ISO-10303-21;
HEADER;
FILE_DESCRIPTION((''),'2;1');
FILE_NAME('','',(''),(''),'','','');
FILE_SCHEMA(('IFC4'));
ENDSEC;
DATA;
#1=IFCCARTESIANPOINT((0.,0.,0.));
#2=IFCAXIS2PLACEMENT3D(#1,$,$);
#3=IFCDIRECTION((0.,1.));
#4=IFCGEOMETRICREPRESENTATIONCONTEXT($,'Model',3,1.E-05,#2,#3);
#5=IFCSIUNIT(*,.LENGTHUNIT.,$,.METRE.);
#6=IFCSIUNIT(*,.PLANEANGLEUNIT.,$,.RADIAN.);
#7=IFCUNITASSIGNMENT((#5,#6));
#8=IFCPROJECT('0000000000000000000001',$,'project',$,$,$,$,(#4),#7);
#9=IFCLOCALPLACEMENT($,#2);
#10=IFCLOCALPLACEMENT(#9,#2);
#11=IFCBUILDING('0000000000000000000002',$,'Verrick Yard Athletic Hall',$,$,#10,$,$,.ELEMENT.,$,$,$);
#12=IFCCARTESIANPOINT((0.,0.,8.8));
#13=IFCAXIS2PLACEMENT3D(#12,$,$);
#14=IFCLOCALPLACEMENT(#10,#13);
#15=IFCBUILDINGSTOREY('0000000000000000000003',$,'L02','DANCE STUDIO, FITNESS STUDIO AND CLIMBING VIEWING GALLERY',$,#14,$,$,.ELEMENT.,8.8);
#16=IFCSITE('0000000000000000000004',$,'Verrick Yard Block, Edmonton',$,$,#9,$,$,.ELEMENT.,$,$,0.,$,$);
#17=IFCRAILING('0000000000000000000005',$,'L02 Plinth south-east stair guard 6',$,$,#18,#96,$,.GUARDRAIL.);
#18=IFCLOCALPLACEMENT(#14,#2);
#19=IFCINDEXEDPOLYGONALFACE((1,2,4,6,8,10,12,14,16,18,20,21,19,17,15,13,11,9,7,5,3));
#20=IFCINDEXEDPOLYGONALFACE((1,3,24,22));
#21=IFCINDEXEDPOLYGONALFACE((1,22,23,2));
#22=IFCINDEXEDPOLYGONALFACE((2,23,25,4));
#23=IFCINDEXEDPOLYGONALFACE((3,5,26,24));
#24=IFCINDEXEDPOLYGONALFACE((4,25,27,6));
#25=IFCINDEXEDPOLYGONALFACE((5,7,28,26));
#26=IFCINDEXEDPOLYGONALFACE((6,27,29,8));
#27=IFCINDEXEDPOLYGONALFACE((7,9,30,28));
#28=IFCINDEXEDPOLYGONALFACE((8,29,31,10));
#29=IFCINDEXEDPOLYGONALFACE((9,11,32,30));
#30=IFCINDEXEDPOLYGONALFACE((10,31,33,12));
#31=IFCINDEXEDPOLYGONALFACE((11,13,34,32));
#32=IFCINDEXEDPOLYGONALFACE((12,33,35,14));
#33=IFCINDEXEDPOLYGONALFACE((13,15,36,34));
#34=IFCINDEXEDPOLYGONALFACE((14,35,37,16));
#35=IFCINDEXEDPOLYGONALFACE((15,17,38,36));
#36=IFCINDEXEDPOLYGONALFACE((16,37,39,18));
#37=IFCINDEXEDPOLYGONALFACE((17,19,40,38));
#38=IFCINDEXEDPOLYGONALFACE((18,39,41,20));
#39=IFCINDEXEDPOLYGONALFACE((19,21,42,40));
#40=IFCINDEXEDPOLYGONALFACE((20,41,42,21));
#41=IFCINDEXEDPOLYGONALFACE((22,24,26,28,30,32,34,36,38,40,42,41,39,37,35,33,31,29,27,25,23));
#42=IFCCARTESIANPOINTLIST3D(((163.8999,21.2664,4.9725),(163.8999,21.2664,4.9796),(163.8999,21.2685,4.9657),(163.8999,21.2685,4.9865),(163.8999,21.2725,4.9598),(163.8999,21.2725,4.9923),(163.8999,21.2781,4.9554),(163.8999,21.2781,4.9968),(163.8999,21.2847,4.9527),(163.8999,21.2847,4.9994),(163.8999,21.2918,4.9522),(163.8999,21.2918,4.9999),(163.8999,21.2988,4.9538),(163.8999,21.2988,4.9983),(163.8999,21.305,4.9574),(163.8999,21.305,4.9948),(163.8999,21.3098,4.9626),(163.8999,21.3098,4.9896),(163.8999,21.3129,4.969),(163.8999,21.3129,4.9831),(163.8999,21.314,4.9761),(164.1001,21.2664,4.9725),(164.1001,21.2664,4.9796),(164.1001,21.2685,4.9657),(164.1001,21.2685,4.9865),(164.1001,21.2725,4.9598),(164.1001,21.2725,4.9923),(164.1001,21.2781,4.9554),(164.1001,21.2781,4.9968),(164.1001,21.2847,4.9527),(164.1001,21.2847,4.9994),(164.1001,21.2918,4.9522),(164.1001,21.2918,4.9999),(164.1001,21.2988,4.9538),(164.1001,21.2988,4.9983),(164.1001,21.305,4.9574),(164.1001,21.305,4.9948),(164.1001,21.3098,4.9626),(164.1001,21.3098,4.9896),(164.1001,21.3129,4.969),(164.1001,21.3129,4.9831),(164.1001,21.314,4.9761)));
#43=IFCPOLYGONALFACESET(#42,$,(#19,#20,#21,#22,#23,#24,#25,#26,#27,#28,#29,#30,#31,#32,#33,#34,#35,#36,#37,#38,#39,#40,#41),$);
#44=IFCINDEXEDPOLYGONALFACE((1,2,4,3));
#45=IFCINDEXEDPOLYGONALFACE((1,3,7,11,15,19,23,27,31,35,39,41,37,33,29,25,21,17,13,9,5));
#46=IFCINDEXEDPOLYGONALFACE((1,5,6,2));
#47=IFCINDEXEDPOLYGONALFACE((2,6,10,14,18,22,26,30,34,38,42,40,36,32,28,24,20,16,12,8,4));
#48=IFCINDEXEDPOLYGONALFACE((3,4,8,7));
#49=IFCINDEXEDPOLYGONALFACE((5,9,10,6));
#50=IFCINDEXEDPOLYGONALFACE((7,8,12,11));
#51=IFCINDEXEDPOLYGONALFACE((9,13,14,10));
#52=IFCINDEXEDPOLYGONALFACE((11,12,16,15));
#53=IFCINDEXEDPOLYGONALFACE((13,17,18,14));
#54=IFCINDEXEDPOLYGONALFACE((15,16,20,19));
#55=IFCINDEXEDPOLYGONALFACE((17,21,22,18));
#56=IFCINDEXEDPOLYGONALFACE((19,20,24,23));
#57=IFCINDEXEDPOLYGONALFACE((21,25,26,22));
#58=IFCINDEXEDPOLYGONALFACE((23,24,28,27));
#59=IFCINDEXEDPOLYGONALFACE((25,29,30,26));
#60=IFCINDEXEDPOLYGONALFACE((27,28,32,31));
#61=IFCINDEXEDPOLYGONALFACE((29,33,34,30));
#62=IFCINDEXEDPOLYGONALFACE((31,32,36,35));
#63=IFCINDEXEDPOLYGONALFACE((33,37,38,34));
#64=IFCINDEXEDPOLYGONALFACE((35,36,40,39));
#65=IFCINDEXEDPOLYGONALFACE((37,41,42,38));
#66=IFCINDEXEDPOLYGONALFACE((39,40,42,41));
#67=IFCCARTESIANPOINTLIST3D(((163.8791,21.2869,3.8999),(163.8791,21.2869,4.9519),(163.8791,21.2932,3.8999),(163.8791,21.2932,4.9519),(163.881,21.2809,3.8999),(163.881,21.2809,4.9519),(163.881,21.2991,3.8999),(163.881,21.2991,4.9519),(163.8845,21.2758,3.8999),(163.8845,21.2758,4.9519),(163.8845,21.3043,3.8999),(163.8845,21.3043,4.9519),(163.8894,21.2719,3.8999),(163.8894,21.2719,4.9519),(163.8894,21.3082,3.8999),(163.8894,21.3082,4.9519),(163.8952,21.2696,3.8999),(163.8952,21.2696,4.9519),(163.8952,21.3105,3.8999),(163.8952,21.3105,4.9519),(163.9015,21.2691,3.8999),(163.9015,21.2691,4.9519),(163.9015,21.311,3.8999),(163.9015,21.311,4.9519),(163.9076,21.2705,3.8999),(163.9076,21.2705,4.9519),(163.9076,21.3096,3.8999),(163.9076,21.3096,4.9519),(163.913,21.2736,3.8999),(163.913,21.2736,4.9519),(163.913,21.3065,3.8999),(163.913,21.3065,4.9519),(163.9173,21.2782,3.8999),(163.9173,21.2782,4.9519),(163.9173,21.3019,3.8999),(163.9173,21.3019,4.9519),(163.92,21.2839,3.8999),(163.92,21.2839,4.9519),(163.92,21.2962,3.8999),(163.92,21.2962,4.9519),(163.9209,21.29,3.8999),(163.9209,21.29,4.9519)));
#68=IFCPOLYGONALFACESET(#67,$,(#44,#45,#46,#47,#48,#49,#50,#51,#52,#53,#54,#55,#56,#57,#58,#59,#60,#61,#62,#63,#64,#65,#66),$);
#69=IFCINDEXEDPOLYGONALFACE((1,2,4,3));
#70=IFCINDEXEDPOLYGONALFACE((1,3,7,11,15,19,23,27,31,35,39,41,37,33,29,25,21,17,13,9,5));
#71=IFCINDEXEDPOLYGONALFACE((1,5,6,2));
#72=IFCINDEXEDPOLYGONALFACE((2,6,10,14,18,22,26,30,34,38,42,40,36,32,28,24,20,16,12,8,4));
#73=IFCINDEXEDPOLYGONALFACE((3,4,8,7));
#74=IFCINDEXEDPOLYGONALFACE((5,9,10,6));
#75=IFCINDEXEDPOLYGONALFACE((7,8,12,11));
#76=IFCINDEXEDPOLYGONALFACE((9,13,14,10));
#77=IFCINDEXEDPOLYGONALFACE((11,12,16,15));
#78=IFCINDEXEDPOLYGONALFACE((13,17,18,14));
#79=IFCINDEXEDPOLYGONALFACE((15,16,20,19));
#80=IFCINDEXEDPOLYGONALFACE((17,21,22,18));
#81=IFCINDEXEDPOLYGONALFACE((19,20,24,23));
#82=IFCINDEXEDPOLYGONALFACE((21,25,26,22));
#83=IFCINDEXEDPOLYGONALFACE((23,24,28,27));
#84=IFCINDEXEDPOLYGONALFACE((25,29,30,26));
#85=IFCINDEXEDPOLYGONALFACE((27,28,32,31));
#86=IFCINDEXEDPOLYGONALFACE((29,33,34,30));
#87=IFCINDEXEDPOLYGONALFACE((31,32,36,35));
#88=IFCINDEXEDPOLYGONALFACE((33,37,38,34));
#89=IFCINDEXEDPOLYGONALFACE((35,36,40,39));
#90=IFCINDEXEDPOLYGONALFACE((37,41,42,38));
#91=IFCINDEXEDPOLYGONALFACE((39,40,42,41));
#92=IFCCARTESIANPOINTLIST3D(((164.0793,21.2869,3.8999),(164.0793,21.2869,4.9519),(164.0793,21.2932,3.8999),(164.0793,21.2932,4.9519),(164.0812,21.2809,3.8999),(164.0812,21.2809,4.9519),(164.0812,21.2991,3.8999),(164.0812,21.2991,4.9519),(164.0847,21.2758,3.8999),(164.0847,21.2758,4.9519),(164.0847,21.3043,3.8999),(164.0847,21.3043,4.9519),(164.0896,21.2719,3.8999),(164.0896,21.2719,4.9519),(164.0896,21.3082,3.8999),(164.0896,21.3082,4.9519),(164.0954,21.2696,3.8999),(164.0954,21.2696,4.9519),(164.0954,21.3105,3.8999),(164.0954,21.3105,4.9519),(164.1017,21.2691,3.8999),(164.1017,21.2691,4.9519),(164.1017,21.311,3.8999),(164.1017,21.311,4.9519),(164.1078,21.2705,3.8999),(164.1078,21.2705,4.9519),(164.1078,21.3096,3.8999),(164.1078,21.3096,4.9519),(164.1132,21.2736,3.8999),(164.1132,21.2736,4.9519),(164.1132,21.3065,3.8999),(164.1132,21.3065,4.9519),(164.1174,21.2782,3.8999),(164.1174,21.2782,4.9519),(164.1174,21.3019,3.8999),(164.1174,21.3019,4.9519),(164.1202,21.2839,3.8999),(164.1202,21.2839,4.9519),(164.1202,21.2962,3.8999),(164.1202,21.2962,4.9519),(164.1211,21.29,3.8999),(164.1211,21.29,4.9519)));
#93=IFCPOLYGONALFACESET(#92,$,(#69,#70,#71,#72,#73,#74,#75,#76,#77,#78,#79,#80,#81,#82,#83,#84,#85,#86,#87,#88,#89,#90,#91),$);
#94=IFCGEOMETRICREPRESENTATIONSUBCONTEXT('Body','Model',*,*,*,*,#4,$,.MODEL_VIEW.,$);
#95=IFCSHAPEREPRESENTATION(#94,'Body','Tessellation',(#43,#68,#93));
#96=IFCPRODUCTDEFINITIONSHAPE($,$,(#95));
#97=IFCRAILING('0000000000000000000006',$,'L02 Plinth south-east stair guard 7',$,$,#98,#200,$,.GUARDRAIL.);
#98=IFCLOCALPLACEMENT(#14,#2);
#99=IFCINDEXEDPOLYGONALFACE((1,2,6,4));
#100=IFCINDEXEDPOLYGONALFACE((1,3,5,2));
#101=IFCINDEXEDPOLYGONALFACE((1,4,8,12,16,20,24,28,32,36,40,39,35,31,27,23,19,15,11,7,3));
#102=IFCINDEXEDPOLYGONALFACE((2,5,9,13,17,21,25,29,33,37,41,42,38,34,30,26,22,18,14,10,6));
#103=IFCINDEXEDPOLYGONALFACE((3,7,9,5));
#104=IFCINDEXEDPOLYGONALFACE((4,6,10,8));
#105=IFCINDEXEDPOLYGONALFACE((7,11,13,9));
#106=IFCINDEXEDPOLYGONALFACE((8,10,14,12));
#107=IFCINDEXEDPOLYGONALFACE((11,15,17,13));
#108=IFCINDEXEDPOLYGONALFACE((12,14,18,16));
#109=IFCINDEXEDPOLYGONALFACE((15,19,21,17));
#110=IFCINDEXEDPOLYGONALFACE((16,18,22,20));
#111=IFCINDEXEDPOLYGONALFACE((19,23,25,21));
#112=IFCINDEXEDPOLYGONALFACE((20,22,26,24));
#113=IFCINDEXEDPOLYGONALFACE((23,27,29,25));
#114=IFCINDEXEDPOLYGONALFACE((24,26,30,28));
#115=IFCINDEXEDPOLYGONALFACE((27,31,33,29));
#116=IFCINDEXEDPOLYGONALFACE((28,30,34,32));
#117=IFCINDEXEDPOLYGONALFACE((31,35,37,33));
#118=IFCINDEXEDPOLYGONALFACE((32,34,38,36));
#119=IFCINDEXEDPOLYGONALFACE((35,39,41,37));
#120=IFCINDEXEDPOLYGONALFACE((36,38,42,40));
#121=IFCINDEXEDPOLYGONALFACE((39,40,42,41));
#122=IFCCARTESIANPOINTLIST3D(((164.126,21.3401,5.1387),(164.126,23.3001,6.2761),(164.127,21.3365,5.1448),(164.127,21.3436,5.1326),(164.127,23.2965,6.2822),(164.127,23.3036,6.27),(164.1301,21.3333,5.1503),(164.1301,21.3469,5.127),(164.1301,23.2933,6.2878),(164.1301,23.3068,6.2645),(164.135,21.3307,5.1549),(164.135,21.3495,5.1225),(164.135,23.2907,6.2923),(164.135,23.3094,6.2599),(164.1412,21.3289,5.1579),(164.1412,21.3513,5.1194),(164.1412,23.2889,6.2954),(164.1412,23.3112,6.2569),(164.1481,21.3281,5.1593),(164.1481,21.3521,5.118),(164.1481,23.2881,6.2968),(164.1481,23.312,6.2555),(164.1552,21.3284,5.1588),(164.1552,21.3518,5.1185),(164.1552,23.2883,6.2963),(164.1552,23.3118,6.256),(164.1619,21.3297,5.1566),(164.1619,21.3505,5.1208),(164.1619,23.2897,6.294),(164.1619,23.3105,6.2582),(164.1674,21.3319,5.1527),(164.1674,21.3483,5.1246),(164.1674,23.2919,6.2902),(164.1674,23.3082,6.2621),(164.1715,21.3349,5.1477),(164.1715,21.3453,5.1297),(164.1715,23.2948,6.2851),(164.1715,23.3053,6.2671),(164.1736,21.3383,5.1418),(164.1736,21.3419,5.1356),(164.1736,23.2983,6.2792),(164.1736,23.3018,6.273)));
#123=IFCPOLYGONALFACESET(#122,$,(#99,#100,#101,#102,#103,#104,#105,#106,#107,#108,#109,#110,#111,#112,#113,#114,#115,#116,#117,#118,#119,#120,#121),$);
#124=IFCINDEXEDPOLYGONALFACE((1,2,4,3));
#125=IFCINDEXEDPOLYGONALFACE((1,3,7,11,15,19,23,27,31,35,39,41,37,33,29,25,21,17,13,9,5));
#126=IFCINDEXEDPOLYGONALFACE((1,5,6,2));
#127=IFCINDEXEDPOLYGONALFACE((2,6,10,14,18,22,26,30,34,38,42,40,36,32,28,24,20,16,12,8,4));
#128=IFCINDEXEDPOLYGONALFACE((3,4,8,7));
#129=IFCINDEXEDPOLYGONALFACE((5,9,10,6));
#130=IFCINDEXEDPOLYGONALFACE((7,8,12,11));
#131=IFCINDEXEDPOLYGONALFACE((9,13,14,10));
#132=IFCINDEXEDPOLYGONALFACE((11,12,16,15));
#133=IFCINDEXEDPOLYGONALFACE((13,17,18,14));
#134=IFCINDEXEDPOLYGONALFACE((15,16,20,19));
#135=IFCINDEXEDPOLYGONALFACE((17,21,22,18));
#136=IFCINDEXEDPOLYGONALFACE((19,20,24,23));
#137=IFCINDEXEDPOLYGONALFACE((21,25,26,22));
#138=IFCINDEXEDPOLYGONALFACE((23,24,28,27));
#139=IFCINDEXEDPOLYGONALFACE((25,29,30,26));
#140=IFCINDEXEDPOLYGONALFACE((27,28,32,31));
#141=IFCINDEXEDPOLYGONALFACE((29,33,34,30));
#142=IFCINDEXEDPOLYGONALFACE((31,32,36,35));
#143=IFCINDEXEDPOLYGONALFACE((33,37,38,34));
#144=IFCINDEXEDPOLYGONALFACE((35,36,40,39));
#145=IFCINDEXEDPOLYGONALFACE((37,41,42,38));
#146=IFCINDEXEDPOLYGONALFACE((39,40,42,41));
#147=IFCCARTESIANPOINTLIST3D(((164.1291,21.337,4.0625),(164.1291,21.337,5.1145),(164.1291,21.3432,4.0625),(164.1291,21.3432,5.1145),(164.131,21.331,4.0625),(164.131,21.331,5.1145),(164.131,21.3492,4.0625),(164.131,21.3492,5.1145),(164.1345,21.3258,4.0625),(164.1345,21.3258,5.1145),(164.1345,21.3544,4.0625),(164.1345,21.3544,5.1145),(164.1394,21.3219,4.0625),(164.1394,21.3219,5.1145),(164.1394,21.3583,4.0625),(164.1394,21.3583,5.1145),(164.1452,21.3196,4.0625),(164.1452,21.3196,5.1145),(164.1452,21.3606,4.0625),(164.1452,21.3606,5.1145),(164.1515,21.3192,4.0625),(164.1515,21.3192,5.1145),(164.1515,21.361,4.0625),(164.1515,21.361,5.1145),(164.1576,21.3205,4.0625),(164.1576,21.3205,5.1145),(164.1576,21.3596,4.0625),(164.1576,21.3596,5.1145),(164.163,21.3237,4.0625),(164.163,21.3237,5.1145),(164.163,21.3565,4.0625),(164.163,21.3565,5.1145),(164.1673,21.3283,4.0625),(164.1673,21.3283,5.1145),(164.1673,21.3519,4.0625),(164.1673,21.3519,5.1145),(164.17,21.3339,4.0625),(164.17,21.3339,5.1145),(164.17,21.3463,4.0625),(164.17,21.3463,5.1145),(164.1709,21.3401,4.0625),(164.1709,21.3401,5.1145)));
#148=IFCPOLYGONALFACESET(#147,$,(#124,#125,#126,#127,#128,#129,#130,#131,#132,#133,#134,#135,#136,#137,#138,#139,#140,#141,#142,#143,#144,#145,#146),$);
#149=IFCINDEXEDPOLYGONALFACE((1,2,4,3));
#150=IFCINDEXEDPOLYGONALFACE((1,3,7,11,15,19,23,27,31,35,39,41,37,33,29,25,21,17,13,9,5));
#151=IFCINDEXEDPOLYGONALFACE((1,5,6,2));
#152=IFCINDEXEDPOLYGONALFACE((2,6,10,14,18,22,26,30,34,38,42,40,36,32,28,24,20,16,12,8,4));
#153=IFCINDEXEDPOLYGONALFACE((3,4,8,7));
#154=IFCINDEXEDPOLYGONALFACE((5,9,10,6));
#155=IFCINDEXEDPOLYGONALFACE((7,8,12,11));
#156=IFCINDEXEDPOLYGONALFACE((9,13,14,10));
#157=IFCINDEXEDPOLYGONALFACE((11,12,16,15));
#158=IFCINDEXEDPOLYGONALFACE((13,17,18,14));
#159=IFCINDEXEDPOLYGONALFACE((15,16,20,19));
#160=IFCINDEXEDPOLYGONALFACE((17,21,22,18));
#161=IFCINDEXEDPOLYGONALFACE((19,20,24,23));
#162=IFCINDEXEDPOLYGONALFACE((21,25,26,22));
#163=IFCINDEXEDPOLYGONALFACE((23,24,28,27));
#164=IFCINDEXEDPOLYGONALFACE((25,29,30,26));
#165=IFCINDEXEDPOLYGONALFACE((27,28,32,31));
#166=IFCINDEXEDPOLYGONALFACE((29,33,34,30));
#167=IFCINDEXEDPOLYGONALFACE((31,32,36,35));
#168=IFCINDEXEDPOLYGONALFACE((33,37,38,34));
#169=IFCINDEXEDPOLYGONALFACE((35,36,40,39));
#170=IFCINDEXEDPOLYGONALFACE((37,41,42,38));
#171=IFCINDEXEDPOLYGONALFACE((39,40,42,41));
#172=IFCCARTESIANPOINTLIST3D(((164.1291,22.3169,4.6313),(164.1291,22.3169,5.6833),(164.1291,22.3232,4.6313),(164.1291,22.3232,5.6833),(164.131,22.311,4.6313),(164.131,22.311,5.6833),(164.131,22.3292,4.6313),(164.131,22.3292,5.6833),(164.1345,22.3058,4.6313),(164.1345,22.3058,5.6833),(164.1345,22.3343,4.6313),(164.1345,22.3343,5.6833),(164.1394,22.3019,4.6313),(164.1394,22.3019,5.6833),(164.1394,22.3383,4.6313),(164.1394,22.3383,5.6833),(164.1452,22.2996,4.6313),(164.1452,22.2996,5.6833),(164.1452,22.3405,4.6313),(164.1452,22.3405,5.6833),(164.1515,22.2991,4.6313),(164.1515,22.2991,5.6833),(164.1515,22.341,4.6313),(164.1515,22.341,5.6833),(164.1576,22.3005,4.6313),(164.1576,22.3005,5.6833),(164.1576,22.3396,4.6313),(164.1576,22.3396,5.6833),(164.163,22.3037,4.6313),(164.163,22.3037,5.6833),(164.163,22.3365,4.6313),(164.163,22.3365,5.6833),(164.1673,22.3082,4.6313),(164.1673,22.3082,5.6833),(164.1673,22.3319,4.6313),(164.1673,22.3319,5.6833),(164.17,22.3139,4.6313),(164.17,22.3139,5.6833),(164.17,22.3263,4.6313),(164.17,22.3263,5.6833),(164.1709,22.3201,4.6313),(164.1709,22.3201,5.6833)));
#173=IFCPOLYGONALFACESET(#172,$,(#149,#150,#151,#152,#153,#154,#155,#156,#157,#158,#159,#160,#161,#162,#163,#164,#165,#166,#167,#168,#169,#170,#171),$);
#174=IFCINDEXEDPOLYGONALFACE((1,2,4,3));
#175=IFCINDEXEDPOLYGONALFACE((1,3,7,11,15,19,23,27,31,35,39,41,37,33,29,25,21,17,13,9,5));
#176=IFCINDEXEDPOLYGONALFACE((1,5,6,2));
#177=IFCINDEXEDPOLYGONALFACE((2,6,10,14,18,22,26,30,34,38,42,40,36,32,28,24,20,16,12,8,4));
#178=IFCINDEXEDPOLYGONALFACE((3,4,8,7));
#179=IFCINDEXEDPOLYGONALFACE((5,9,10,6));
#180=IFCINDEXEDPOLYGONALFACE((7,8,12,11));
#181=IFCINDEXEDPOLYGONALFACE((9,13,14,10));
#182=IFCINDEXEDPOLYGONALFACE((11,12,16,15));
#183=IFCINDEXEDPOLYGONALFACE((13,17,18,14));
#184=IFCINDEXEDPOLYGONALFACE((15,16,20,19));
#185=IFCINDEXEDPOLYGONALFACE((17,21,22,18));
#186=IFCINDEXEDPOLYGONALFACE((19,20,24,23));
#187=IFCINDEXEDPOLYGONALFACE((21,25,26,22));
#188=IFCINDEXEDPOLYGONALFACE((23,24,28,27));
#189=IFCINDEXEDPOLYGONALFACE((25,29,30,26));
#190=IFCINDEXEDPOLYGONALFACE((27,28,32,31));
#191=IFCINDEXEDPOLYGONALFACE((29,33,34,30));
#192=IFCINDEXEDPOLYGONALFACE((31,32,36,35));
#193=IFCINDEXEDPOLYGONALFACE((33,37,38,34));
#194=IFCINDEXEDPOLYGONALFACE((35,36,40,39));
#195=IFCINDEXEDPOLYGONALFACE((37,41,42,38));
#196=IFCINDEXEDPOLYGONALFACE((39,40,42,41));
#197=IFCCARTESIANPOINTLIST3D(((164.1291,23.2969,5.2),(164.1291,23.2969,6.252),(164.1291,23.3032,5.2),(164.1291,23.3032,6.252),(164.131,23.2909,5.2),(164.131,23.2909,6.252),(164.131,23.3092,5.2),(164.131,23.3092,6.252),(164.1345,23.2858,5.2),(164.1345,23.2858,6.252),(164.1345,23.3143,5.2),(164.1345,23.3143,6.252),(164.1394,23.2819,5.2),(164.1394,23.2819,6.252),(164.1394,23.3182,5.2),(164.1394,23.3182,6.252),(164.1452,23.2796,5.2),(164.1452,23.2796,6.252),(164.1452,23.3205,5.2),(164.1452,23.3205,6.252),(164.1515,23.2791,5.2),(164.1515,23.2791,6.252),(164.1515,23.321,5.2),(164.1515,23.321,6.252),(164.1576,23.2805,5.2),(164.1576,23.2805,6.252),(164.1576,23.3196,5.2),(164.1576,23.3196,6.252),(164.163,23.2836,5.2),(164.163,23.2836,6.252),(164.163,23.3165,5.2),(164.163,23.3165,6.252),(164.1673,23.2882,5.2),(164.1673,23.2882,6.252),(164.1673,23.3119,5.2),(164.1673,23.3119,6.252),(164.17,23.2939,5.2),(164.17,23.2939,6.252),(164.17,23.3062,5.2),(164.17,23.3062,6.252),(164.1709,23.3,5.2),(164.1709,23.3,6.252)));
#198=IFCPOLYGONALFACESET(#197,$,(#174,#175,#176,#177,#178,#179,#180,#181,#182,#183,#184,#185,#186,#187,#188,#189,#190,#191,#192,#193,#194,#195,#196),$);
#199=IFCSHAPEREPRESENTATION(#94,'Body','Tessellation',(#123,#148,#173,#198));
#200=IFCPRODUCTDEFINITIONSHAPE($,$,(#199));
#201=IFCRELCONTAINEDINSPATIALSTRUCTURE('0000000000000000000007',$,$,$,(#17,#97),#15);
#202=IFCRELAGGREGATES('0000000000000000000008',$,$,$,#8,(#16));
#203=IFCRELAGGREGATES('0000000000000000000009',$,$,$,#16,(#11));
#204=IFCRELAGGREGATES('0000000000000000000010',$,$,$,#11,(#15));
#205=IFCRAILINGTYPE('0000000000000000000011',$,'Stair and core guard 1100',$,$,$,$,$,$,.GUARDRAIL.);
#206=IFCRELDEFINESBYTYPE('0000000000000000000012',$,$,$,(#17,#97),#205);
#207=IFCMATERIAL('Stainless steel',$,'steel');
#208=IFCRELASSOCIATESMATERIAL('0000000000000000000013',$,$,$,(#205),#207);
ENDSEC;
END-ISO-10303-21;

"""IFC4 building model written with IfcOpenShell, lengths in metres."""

from ifc_helpers import new_model, si_unit, direction, frame, origin, origin_2d, place, context, subcontext, project, spatial, circle, extrude, material, type_object, element, save


model = new_model("IFC4")

# Units and contexts
model_context = context("Model", 3, precision=1e-05, world=origin(), true_north=direction((0.0, 1.0)))
body_context = subcontext(model_context, "Body", "Model", "MODEL_VIEW")
ifc_project = project(units=[si_unit("LENGTHUNIT", "METRE"), si_unit("PLANEANGLEUNIT", "RADIAN")], contexts=[model_context])

# Site, building, storey
site_placement = place(None, origin())
site = spatial("IfcSite", under=ifc_project, at=site_placement, Name="Verrick Yard Block, Edmonton", CompositionType="ELEMENT", RefElevation=0.0)
building_placement = place(site_placement, origin())
building = spatial("IfcBuilding", under=site, at=building_placement, Name="Verrick Yard Athletic Hall", CompositionType="ELEMENT")
storey_placement = place(building_placement, frame((0.0, 0.0, 8.8)))
storey = spatial("IfcBuildingStorey", under=building, at=storey_placement, Name="L02", Description="DANCE STUDIO, FITNESS STUDIO AND CLIMBING VIEWING GALLERY", CompositionType="ELEMENT", Elevation=8.8)

# Railings
ifc_material_1 = material(Name="Stainless steel", Category="steel")
railing_type_1 = type_object("IfcRailingType", Name="Stair and core guard 1100", PredefinedType="GUARDRAIL", material=ifc_material_1)
railing_1_placement = place(storey_placement, frame((163.8999, 21.29, 3.8999)))
element("IfcRailing", 1, at=railing_1_placement, inside=storey, type_object=railing_type_1, Name="L02 Plinth south-east stair guard 6", PredefinedType="GUARDRAIL", context=body_context, shape_type="SweptSolid", body=[
    extrude(circle(Radius=0.0239, at=origin_2d()), frame((0.0, 0.0, 1.0762), z_axis=(1.0, 0.0, 0.0), x_axis=(0.0, 1.0, 0.0)), (0.0, 0.0, 1.0), 0.2002),
    extrude(circle(Radius=0.021, at=origin_2d()), origin(), (0.0, 0.0, 1.0), 1.052),
    extrude(circle(Radius=0.021, at=origin_2d()), frame((0.2002, 0.0, 0.0)), (0.0, 0.0, 1.0), 1.052),
])
railing_2_placement = place(storey_placement, frame((164.1499, 21.3401, 4.0625)))
element("IfcRailing", 2, at=railing_2_placement, inside=storey, type_object=railing_type_1, Name="L02 Plinth south-east stair guard 7", PredefinedType="GUARDRAIL", context=body_context, shape_type="SweptSolid", body=[
    extrude(circle(Radius=0.0239, at=origin_2d()), frame((0.0, 0.0, 1.0762), z_axis=(0.0, 0.864902, 0.501941), x_axis=(-1.0, 0.0, 0.0)), (0.0, 0.0, 1.0), 2.2661),
    extrude(circle(Radius=0.021, at=origin_2d()), origin(), (0.0, 0.0, 1.0), 1.052),
    extrude(circle(Radius=0.021, at=origin_2d()), frame((0.0, 0.98, 0.5688)), (0.0, 0.0, 1.0), 1.052),
    extrude(circle(Radius=0.021, at=origin_2d()), frame((0.0, 1.96, 1.1375)), (0.0, 0.0, 1.0), 1.052),
])

save(model, "model.ifc")
